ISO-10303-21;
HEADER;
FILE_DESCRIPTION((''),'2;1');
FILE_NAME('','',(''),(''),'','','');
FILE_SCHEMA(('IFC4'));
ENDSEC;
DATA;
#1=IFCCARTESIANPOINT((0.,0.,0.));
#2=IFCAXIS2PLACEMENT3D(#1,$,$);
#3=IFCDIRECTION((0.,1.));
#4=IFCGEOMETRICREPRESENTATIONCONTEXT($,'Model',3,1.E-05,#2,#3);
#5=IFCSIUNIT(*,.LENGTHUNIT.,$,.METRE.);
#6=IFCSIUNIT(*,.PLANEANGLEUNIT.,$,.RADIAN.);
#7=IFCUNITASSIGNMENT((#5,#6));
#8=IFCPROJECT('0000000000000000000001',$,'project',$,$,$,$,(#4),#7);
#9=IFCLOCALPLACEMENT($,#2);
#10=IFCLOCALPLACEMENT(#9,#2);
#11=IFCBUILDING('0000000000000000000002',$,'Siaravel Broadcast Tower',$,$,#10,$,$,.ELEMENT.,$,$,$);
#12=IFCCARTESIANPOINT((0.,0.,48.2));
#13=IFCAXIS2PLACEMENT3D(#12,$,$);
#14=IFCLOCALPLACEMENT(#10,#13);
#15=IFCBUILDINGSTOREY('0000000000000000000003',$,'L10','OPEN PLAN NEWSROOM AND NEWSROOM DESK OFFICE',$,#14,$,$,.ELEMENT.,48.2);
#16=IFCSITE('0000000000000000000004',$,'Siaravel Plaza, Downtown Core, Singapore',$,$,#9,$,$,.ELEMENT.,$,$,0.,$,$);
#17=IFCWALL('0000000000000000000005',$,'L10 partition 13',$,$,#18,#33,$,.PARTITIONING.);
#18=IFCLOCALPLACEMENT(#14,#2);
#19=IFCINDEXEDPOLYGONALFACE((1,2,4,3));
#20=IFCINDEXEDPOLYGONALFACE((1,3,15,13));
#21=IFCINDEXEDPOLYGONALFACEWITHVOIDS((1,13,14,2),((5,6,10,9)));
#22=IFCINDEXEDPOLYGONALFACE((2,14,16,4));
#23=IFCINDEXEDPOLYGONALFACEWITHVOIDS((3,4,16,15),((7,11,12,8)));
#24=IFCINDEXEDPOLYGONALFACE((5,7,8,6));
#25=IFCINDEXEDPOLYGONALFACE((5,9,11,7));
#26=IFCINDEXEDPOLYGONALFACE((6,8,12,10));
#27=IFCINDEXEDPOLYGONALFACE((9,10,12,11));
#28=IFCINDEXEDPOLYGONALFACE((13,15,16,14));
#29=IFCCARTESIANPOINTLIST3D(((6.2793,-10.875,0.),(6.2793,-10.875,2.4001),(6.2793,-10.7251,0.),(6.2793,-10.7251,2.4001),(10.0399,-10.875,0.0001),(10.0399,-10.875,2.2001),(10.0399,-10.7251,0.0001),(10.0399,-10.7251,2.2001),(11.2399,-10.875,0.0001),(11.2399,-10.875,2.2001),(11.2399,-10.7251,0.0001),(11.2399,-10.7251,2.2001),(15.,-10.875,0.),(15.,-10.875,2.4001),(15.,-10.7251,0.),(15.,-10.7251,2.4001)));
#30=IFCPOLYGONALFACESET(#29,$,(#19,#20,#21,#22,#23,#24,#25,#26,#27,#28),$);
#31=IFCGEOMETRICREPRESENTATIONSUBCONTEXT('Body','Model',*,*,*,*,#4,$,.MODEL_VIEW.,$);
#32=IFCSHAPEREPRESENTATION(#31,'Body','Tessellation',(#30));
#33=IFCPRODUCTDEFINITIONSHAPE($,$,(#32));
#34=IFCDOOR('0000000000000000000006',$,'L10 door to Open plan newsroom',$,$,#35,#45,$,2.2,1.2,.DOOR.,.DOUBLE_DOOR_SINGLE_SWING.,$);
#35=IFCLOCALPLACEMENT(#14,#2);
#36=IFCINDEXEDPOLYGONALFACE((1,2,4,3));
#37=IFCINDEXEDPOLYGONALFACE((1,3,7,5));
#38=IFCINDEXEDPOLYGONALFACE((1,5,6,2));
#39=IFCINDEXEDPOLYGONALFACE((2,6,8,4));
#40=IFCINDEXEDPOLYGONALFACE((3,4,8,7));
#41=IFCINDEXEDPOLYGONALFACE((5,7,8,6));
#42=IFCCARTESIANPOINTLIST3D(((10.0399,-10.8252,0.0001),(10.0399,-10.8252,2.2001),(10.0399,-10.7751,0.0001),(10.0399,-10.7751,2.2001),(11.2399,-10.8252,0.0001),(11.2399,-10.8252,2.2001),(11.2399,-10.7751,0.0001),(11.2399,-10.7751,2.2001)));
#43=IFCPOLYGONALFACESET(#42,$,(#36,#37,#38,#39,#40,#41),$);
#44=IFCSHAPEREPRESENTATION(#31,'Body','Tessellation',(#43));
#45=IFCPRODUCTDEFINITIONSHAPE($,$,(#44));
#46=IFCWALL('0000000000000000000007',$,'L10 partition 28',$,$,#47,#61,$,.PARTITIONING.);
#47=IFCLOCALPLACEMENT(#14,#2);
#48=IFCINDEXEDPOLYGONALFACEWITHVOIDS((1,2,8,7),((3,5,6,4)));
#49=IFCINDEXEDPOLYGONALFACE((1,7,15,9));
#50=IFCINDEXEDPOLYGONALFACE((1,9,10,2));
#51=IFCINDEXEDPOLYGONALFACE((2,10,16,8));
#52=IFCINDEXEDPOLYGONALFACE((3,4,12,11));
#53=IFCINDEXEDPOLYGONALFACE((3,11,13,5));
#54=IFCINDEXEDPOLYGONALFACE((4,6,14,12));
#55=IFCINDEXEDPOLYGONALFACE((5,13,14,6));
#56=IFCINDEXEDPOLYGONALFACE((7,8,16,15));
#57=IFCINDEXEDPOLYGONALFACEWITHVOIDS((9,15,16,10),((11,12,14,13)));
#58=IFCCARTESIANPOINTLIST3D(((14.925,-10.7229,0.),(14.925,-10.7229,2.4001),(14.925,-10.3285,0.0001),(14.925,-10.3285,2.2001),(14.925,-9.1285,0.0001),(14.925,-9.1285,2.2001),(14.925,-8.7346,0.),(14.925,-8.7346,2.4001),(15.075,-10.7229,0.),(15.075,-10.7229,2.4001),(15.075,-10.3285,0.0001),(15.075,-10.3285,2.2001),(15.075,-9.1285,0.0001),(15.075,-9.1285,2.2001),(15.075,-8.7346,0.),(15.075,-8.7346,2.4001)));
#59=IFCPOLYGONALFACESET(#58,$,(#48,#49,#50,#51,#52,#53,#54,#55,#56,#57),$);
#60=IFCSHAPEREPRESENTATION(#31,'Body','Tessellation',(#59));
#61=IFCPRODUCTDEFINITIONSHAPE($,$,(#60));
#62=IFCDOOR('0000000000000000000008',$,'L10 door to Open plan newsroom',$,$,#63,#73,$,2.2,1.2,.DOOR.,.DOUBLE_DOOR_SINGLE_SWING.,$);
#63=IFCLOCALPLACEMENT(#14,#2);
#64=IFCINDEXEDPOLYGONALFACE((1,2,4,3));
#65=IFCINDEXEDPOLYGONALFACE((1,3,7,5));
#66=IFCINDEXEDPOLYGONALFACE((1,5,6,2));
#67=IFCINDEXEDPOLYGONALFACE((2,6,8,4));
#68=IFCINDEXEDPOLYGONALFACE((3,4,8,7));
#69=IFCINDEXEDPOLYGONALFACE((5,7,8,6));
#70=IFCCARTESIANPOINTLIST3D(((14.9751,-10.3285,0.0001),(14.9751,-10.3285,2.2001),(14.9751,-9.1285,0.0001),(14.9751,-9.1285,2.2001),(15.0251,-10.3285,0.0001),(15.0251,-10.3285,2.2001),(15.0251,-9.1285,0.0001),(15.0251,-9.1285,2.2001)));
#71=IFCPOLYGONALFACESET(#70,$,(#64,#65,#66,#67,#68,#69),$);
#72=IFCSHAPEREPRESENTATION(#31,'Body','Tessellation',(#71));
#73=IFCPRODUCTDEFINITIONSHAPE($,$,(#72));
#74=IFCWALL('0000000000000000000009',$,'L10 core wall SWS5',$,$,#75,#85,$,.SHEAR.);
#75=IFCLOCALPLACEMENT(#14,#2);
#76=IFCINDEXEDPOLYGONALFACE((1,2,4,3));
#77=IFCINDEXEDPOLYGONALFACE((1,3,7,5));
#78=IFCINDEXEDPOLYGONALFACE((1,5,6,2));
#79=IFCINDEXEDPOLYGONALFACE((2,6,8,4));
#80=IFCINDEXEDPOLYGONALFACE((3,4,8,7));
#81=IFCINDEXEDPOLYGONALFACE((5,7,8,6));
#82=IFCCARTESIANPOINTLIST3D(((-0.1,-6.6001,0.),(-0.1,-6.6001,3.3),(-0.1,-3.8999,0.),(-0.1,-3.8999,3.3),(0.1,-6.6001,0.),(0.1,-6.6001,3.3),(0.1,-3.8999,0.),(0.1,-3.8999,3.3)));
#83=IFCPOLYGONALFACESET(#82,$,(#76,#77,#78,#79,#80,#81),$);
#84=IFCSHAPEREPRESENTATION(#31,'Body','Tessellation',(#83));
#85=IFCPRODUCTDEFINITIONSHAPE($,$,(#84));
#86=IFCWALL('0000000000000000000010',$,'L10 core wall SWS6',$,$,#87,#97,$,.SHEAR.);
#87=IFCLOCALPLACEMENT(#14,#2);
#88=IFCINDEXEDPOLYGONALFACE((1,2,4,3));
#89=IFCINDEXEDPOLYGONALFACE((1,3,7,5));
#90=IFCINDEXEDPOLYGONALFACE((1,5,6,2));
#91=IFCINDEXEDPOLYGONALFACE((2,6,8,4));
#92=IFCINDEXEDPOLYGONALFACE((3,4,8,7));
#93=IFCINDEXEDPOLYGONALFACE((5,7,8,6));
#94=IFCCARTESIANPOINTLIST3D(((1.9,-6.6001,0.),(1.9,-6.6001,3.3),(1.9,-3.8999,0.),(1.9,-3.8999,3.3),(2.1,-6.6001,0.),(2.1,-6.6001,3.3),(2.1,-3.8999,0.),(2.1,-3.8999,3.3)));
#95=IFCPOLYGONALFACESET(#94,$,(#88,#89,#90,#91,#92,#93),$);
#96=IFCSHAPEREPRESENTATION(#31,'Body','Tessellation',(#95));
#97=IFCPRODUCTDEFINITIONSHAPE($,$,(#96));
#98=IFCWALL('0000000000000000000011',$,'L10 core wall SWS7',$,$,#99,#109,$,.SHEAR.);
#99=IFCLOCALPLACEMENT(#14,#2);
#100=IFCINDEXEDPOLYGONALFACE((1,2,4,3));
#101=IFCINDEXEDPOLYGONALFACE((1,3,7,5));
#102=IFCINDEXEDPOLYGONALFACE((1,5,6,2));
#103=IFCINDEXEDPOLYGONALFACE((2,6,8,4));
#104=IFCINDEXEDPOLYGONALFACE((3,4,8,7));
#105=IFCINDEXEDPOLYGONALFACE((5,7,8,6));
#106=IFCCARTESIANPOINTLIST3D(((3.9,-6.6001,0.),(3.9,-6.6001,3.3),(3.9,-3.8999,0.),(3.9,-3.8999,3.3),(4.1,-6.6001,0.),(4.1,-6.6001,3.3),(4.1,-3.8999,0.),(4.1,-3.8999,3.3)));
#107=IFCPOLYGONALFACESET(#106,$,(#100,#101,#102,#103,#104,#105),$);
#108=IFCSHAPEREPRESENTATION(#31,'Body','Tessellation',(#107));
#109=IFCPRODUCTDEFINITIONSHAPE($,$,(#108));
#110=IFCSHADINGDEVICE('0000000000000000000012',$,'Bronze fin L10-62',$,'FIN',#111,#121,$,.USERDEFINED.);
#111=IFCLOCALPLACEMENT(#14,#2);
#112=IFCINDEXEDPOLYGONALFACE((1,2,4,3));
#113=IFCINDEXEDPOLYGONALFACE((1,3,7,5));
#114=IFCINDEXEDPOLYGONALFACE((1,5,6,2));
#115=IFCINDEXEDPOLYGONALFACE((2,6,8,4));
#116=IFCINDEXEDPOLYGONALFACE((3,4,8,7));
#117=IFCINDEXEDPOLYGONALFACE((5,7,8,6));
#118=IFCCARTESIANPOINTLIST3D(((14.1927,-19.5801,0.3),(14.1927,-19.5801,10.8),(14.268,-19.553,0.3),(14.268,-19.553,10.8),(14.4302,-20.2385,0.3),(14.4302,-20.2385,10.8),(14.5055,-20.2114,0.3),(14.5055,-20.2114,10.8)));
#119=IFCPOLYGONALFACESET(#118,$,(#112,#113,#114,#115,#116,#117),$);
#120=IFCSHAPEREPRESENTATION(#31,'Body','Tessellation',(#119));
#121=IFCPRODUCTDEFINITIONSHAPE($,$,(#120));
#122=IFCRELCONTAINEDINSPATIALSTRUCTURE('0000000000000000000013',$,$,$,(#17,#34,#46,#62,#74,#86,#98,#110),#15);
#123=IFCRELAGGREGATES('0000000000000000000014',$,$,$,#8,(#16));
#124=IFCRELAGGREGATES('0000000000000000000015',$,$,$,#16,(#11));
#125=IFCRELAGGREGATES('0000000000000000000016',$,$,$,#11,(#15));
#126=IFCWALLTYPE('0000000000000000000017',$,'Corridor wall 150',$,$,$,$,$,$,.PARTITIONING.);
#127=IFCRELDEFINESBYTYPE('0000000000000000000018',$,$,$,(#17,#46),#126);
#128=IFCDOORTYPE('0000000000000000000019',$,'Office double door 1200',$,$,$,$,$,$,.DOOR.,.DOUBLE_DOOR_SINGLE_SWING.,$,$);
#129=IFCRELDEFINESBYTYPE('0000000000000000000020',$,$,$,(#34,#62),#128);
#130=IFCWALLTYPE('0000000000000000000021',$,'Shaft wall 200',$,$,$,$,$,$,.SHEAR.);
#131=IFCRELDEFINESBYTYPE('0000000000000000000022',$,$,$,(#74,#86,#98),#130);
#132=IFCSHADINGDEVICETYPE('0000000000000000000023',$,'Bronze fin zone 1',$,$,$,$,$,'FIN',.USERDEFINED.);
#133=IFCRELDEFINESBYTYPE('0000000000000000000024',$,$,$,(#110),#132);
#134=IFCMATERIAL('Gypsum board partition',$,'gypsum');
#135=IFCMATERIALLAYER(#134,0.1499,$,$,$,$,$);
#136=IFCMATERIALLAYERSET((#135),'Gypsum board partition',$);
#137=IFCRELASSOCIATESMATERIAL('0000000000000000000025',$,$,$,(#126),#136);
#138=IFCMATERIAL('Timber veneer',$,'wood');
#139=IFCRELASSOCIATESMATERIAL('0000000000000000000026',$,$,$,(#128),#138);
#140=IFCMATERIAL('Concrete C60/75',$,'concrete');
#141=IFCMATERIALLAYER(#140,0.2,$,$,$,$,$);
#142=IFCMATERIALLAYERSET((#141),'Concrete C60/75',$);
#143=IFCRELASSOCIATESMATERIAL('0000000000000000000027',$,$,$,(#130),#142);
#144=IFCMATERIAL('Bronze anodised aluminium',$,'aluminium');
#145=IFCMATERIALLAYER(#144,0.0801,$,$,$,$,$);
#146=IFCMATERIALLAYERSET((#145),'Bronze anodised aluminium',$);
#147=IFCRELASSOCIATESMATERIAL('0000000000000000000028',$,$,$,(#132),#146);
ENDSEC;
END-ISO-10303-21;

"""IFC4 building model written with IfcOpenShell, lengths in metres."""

from ifc_helpers import new_model, si_unit, direction, frame, frame_2d, origin, origin_2d, place, context, subcontext, project, spatial, rectangle, extrude, material, layer, layer_set, type_object, element, fill, save


model = new_model("IFC4")

# Units and contexts
model_context = context("Model", 3, precision=1e-05, world=origin(), true_north=direction((0.0, 1.0)))
body_context = subcontext(model_context, "Body", "Model", "MODEL_VIEW")
ifc_project = project(units=[si_unit("LENGTHUNIT", "METRE"), si_unit("PLANEANGLEUNIT", "RADIAN")], contexts=[model_context])

# Site, building, storey
site_placement = place(None, origin())
site = spatial("IfcSite", under=ifc_project, at=site_placement, Name="Siaravel Plaza, Downtown Core, Singapore", CompositionType="ELEMENT", RefElevation=0.0)
building_placement = place(site_placement, origin())
building = spatial("IfcBuilding", under=site, at=building_placement, Name="Siaravel Broadcast Tower", CompositionType="ELEMENT")
storey_placement = place(building_placement, frame((0.0, 0.0, 48.2)))
storey = spatial("IfcBuildingStorey", under=building, at=storey_placement, Name="L10", Description="OPEN PLAN NEWSROOM AND NEWSROOM DESK OFFICE", CompositionType="ELEMENT", Elevation=48.2)

# Walls, openings, doors
ifc_material_1 = material(Name="Concrete C60/75", Category="concrete")
ifc_material_2 = material(Name="Gypsum board partition", Category="gypsum")
ifc_layer_1 = layer(ifc_material_2, 0.1499)
ifc_layer_set_1 = layer_set([ifc_layer_1], Name="Gypsum board partition")
wall_type_1 = type_object("IfcWallType", Name="Corridor wall 150", PredefinedType="PARTITIONING", material=ifc_layer_set_1)
wall_1_placement = place(storey_placement, frame((6.2793, -10.8, 0.0), z_axis=(0.0, 0.0, 1.0), x_axis=(1.0, 0.0, 0.0)))
wall_1 = element("IfcWall", 1, at=wall_1_placement, inside=storey, type_object=wall_type_1, Name="L10 partition 13", PredefinedType="PARTITIONING", context=body_context, shape_type="SweptSolid", body=[
    extrude(rectangle(XDim=8.7207, YDim=0.1499, at=frame_2d((4.3604, 0.0))), origin(), (0.0, 0.0, 1.0), 2.4001),
])
opening_1_placement = place(wall_1_placement, frame((3.7605, 0.0, 0.0)))
opening_1 = element("IfcOpeningElement", 2, at=opening_1_placement, cuts=wall_1, PredefinedType="OPENING", context=body_context, shape_type="SweptSolid", body=[
    extrude(rectangle(XDim=1.2, YDim=2.2, at=frame_2d((0.6001, 1.1001))), frame((0.0, 0.085, 0.0), z_axis=(0.0, -1.0, 0.0), x_axis=(1.0, 0.0, 0.0)), (0.0, 0.0, 1.0), 0.1699),
])
ifc_material_3 = material(Name="Timber veneer", Category="wood")
door_type_1 = type_object("IfcDoorType", Name="Office double door 1200", OperationType="DOUBLE_DOOR_SINGLE_SWING", PredefinedType="DOOR", material=ifc_material_3)
door_1_placement = place(opening_1_placement, origin())
door_1 = element("IfcDoor", 3, at=door_1_placement, inside=storey, type_object=door_type_1, Name="L10 door to Open plan newsroom", OperationType="DOUBLE_DOOR_SINGLE_SWING", OverallHeight=2.2, OverallWidth=1.2, PredefinedType="DOOR", context=body_context, shape_type="SweptSolid", body=[
    extrude(rectangle(XDim=1.2, YDim=2.2, at=frame_2d((0.6001, 1.1001))), frame((0.0, 0.0249, 0.0), z_axis=(0.0, -1.0, 0.0), x_axis=(1.0, 0.0, 0.0)), (0.0, 0.0, 1.0), 0.05),
])
fill(opening_1, door_1)
wall_2_placement = place(storey_placement, frame((15.0, -10.7229, 0.0), z_axis=(0.0, 0.0, 1.0), x_axis=(0.0, 1.0, 0.0)))
wall_2 = element("IfcWall", 4, at=wall_2_placement, inside=storey, type_object=wall_type_1, Name="L10 partition 28", PredefinedType="PARTITIONING", context=body_context, shape_type="SweptSolid", body=[
    extrude(rectangle(XDim=1.9883, YDim=0.1499, at=frame_2d((0.9941, 0.0))), origin(), (0.0, 0.0, 1.0), 2.4001),
])
opening_2_placement = place(wall_2_placement, frame((0.3943, 0.0, 0.0)))
opening_2 = element("IfcOpeningElement", 5, at=opening_2_placement, cuts=wall_2, PredefinedType="OPENING", context=body_context, shape_type="SweptSolid", body=[
    extrude(rectangle(XDim=1.2, YDim=2.2, at=frame_2d((0.6001, 1.1001))), frame((0.0, 0.085, 0.0), z_axis=(0.0, -1.0, 0.0), x_axis=(1.0, 0.0, 0.0)), (0.0, 0.0, 1.0), 0.1699),
])
door_2_placement = place(opening_2_placement, origin())
door_2 = element("IfcDoor", 6, at=door_2_placement, inside=storey, type_object=door_type_1, Name="L10 door to Open plan newsroom", OperationType="DOUBLE_DOOR_SINGLE_SWING", OverallHeight=2.2, OverallWidth=1.2, PredefinedType="DOOR", context=body_context, shape_type="SweptSolid", body=[
    extrude(rectangle(XDim=1.2, YDim=2.2, at=frame_2d((0.6001, 1.1001))), frame((0.0, 0.0249, 0.0), z_axis=(0.0, -1.0, 0.0), x_axis=(1.0, 0.0, 0.0)), (0.0, 0.0, 1.0), 0.05),
])
fill(opening_2, door_2)

# Walls
ifc_layer_2 = layer(ifc_material_1, 0.2)
ifc_layer_set_2 = layer_set([ifc_layer_2], Name="Concrete C60/75")
wall_type_2 = type_object("IfcWallType", Name="Shaft wall 200", PredefinedType="SHEAR", material=ifc_layer_set_2)
for number, where, z_axis, x_axis, name in (
    (7, (0.0, -6.6001, 0.0), (0.0, 0.0, 1.0), (0.0, 1.0, 0.0), "L10 core wall SWS5"),
    (8, (2.0, -6.6001, 0.0), (0.0, 0.0, 1.0), (0.0, 1.0, 0.0), "L10 core wall SWS6"),
    (9, (4.0, -6.6001, 0.0), (0.0, 0.0, 1.0), (0.0, 1.0, 0.0), "L10 core wall SWS7"),
):
    element("IfcWall", number, at=place(storey_placement, frame(where, z_axis=z_axis, x_axis=x_axis)), inside=storey, type_object=wall_type_2, Name=name, PredefinedType="SHEAR", context=body_context, shape_type="SweptSolid", body=[
        extrude(rectangle(XDim=2.7002, YDim=0.2, at=frame_2d((1.3501, 0.0))), origin(), (0.0, 0.0, 1.0), 3.3),
    ])

# Shading device
ifc_material_4 = material(Name="Bronze anodised aluminium", Category="aluminium")
ifc_layer_3 = layer(ifc_material_4, 0.0801)
ifc_layer_set_3 = layer_set([ifc_layer_3], Name="Bronze anodised aluminium")
shading_device_type = type_object("IfcShadingDeviceType", Name="Bronze fin zone 1", ElementType="FIN", PredefinedType="USERDEFINED", material=ifc_layer_set_3)
shading_device_placement = place(storey_placement, frame((14.3491, -19.8958, 0.3), z_axis=(0.0, 0.0, 1.0), x_axis=(0.339332, -0.940667, 0.0)))
element("IfcShadingDevice", 10, at=shading_device_placement, inside=storey, type_object=shading_device_type, Name="Bronze fin L10-62", ObjectType="FIN", PredefinedType="USERDEFINED", context=body_context, shape_type="SweptSolid", body=[
    extrude(rectangle(XDim=0.7, YDim=0.0801, at=origin_2d()), origin(), (0.0, 0.0, 1.0), 10.5),
])

save(model, "model.ifc")
